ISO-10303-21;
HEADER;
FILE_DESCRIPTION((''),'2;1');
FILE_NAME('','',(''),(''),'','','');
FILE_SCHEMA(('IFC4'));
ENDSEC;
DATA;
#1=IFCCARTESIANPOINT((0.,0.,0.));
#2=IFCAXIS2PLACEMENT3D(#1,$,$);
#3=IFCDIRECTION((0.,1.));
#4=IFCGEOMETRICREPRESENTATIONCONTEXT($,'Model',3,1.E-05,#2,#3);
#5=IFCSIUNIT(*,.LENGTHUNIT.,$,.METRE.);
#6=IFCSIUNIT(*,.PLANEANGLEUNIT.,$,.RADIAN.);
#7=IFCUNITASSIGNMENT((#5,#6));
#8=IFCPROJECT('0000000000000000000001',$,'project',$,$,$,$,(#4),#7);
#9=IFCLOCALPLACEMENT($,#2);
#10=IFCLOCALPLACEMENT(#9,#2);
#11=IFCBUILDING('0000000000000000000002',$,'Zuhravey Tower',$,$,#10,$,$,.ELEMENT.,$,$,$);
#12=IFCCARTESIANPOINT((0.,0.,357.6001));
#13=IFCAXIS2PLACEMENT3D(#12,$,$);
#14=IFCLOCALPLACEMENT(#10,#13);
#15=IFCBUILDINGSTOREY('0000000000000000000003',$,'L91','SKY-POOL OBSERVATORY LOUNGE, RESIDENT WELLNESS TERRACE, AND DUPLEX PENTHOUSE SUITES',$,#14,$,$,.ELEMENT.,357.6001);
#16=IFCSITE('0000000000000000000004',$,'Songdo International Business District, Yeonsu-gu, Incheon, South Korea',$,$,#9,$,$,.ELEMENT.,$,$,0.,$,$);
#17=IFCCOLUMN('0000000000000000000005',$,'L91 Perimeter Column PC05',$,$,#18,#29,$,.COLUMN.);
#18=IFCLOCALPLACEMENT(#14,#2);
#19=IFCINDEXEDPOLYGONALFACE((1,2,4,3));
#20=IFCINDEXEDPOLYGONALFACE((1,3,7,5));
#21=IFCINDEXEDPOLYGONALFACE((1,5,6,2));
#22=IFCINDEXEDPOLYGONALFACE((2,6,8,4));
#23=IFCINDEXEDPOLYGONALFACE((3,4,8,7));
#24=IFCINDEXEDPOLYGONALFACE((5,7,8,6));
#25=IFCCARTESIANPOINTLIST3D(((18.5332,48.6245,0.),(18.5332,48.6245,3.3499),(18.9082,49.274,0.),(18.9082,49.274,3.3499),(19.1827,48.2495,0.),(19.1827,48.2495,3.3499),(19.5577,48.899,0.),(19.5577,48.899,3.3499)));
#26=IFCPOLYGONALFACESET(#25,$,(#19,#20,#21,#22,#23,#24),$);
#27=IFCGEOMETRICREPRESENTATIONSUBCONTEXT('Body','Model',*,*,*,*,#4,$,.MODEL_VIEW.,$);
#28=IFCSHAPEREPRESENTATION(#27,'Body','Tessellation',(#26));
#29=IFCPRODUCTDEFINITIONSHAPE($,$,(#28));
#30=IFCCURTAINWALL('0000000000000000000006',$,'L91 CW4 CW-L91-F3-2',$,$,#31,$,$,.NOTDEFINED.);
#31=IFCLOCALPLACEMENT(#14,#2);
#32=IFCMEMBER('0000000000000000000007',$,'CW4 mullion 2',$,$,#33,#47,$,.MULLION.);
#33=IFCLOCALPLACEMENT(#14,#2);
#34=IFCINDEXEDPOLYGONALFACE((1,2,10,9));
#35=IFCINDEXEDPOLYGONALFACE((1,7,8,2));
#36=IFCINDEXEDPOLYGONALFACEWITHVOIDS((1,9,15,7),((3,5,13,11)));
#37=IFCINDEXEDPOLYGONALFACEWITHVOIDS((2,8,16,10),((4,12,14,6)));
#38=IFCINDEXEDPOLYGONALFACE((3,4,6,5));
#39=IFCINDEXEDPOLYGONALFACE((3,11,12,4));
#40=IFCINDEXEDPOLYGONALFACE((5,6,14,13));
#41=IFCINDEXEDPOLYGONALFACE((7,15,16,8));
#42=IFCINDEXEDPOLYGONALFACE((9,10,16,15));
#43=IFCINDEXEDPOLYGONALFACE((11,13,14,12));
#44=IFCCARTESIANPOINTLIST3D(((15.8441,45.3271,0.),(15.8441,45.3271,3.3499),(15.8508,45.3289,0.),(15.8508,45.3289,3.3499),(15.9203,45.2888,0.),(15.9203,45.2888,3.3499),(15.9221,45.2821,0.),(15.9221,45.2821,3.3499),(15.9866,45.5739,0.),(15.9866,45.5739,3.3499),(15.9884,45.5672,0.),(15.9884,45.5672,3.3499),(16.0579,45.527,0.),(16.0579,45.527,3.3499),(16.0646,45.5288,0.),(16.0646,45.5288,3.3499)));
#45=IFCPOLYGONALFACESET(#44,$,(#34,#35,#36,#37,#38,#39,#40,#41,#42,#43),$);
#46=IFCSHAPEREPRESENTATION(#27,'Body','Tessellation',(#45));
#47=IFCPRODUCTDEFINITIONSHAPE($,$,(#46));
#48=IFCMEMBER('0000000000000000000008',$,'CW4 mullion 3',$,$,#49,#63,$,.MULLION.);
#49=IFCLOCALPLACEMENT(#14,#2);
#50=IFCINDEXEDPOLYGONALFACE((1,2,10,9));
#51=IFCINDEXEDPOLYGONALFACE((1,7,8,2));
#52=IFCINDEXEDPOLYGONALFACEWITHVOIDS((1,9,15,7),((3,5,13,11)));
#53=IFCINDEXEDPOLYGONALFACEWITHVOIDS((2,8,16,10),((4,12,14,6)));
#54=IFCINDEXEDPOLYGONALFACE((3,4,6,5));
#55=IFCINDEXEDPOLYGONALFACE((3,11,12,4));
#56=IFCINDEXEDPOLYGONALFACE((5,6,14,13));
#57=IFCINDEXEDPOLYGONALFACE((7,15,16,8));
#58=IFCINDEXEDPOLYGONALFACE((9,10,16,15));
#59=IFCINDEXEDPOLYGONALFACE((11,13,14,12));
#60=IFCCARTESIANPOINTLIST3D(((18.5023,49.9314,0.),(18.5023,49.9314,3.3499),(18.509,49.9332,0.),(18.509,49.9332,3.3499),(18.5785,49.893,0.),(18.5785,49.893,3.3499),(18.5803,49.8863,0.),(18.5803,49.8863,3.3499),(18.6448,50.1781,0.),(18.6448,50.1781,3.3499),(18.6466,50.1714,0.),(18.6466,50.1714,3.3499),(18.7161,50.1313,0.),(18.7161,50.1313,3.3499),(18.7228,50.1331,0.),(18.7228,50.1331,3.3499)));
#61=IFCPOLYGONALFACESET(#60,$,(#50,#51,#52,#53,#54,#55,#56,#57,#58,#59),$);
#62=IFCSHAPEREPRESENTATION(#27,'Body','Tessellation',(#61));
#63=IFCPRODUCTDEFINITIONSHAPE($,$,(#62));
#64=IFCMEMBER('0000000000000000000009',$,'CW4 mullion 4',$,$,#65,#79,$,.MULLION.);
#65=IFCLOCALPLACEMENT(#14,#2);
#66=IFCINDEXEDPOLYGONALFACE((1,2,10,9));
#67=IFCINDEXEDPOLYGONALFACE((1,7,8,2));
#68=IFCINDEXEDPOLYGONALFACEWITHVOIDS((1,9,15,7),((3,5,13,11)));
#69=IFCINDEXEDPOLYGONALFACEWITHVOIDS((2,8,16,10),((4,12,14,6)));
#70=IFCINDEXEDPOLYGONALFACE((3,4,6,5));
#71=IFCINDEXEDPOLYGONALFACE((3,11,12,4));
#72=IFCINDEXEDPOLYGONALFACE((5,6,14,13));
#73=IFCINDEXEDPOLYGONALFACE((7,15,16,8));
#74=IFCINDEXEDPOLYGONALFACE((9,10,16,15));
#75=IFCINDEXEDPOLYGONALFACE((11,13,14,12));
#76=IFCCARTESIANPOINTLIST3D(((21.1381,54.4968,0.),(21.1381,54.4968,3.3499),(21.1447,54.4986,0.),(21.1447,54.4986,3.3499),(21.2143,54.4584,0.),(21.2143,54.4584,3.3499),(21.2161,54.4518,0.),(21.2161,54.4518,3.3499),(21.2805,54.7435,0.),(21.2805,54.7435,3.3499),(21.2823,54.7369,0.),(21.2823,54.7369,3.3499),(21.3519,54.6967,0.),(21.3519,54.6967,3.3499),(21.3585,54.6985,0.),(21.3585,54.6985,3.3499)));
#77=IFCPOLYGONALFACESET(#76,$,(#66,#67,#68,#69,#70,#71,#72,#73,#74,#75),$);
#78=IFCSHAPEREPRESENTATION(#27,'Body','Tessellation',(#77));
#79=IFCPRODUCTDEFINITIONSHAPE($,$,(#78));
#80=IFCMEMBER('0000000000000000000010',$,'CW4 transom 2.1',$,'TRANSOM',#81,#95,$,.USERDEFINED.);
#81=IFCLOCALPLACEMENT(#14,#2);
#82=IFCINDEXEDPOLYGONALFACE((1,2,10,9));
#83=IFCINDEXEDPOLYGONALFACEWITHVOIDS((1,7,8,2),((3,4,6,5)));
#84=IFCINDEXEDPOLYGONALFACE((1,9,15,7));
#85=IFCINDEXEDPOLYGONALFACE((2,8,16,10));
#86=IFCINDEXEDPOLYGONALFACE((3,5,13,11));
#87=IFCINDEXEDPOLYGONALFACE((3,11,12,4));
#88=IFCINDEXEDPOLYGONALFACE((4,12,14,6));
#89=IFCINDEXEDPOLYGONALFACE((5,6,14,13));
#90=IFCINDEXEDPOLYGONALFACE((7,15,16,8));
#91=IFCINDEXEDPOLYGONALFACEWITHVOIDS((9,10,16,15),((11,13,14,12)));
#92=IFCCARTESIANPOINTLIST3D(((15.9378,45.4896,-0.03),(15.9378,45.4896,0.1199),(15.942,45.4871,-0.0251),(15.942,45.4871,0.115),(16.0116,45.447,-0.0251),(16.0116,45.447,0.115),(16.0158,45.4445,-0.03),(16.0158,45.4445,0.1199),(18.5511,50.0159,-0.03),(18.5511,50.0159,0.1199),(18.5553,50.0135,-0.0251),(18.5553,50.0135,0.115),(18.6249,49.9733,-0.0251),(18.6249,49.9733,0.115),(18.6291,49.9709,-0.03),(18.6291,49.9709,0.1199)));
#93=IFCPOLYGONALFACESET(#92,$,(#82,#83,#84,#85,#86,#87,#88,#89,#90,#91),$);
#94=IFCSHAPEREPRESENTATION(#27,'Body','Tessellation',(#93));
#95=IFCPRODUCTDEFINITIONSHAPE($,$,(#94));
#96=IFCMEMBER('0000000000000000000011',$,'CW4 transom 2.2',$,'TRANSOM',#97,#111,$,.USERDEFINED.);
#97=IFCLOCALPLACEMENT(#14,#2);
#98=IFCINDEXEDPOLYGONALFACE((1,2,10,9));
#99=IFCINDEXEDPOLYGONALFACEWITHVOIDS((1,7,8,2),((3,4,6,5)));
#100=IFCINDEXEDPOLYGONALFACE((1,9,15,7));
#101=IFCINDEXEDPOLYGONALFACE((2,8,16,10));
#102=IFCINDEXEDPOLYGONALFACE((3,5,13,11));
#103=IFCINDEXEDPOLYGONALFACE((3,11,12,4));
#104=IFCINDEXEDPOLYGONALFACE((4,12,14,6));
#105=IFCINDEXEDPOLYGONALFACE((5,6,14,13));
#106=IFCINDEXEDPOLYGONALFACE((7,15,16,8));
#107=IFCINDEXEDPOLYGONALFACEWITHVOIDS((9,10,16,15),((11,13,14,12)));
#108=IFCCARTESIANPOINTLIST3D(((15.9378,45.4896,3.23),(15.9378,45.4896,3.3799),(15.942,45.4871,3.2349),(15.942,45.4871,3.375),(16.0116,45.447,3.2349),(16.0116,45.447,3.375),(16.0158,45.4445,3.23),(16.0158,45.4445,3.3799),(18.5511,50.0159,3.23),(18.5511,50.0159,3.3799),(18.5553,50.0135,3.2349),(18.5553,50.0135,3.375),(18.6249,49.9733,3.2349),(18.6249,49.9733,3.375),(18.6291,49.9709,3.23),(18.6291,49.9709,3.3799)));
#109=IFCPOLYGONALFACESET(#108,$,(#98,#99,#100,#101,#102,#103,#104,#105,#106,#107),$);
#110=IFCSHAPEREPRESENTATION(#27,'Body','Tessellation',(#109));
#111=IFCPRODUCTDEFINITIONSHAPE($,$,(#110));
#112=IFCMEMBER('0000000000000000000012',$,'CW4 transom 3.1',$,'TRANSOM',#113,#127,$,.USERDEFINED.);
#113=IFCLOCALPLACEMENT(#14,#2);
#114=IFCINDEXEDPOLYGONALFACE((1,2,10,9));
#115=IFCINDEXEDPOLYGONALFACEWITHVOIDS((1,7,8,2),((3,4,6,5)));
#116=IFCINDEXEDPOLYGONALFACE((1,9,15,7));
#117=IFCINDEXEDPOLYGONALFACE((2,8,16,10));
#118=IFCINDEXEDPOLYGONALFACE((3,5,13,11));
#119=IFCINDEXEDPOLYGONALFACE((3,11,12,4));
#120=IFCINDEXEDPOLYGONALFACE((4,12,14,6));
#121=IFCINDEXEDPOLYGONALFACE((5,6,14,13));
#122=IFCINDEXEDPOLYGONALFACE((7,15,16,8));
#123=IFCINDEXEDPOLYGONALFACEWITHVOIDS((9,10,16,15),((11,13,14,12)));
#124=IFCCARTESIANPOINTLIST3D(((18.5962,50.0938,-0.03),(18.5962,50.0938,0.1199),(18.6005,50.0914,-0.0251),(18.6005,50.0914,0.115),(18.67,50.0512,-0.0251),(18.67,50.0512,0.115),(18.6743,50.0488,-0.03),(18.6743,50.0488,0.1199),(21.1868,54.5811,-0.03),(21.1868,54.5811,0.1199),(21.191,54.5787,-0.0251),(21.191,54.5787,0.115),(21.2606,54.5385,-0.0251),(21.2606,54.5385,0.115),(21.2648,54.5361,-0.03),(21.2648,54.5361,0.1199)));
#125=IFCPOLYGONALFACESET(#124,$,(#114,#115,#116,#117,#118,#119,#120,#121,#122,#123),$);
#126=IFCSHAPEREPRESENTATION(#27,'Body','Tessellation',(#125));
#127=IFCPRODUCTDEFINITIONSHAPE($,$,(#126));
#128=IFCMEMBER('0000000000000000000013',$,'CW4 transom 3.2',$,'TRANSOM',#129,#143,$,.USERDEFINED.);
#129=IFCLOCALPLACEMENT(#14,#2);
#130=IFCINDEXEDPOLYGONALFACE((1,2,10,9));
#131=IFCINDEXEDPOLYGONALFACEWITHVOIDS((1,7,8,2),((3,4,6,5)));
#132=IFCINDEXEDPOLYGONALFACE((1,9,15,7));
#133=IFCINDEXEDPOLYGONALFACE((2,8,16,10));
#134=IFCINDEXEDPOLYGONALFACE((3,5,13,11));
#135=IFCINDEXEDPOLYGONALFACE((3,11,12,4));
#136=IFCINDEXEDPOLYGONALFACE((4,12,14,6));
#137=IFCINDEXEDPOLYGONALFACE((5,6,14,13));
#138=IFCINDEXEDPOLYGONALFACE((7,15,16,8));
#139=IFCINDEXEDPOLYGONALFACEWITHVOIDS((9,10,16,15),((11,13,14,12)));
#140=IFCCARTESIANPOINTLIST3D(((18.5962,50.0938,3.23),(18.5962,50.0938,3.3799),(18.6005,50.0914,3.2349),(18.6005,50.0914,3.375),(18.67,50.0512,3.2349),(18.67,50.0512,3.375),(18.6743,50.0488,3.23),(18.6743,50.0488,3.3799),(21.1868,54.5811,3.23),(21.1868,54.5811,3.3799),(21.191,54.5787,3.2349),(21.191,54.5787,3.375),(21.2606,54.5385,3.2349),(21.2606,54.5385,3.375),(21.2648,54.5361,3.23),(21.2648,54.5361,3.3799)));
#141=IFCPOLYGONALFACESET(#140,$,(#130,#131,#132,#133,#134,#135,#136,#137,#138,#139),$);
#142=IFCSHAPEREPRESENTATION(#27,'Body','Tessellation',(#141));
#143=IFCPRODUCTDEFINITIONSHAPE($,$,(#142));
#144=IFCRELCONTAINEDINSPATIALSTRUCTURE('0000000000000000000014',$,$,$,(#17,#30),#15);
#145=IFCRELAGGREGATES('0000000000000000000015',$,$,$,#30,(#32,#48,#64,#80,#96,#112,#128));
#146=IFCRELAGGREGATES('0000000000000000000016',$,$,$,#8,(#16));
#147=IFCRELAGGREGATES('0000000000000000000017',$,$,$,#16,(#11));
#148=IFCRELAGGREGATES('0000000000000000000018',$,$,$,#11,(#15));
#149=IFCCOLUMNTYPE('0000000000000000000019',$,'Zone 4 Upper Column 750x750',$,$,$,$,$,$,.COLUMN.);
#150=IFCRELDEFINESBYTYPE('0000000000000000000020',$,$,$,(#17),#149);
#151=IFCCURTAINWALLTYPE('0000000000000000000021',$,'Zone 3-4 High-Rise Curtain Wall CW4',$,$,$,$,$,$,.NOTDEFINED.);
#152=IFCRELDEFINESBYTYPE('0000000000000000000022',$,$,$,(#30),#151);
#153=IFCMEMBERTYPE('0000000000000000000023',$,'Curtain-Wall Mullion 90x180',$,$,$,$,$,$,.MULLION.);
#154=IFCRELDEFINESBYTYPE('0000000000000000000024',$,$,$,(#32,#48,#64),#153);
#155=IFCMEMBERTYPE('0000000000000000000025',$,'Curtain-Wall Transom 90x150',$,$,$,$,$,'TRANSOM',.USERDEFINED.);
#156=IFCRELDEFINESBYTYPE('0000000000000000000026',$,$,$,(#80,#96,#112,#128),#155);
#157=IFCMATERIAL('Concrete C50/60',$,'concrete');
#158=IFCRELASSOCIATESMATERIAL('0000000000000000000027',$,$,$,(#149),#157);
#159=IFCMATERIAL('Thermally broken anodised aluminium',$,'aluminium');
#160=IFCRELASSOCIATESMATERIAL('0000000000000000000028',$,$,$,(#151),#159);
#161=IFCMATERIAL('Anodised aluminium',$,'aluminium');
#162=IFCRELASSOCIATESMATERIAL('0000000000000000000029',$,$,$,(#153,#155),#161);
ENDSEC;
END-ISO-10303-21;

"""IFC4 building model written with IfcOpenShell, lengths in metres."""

from ifc_helpers import new_model, si_unit, direction, frame, origin, origin_2d, place, context, subcontext, project, spatial, rectangle, hollow_rectangle, extrude, material, material_profile, profile_set, type_object, element, aggregate, save


model = new_model("IFC4")

# Units and contexts
model_context = context("Model", 3, precision=1e-05, world=origin(), true_north=direction((0.0, 1.0)))
body_context = subcontext(model_context, "Body", "Model", "MODEL_VIEW")
ifc_project = project(units=[si_unit("LENGTHUNIT", "METRE"), si_unit("PLANEANGLEUNIT", "RADIAN")], contexts=[model_context])

# Site, building, storey
site_placement = place(None, origin())
site = spatial("IfcSite", under=ifc_project, at=site_placement, Name="Songdo International Business District, Yeonsu-gu, Incheon, South Korea", CompositionType="ELEMENT", RefElevation=0.0)
building_placement = place(site_placement, origin())
building = spatial("IfcBuilding", under=site, at=building_placement, Name="Zuhravey Tower", CompositionType="ELEMENT")
storey_placement = place(building_placement, frame((0.0, 0.0, 357.6001)))
storey = spatial("IfcBuildingStorey", under=building, at=storey_placement, Name="L91", Description="SKY-POOL OBSERVATORY LOUNGE, RESIDENT WELLNESS TERRACE, AND DUPLEX PENTHOUSE SUITES", CompositionType="ELEMENT", Elevation=357.6001)

# Column
ifc_material_1 = material(Name="Concrete C50/60", Category="concrete")
ifc_material_profile_1 = material_profile(ifc_material_1, rectangle(XDim=0.75, YDim=0.75, at=origin_2d()), Name="RC-750x750")
ifc_profile_set_1 = profile_set([ifc_material_profile_1], Name="Concrete C50/60")
column_type = type_object("IfcColumnType", Name="Zone 4 Upper Column 750x750", PredefinedType="COLUMN", material=ifc_profile_set_1)
column_placement = place(storey_placement, frame((19.0454, 48.7617, 0.0), z_axis=(0.0, 0.0, 1.0), x_axis=(-0.5, -0.866025, 0.0)))
element("IfcColumn", 1, at=column_placement, inside=storey, type_object=column_type, Name="L91 Perimeter Column PC05", PredefinedType="COLUMN", context=body_context, shape_type="SweptSolid", body=[
    extrude(rectangle(XDim=0.75, YDim=0.75, at=origin_2d()), origin(), (0.0, 0.0, 1.0), 3.3499),
])

# Curtain wall, members
ifc_material_2 = material(Name="Thermally broken anodised aluminium", Category="aluminium")
curtain_wall_type = type_object("IfcCurtainWallType", Name="Zone 3-4 High-Rise Curtain Wall CW4", PredefinedType="NOTDEFINED", material=ifc_material_2)
curtain_wall_placement = place(storey_placement, origin())
curtain_wall = element("IfcCurtainWall", 2, at=curtain_wall_placement, inside=storey, type_object=curtain_wall_type, Name="L91 CW4 CW-L91-F3-2", PredefinedType="NOTDEFINED")
ifc_material_3 = material(Name="Anodised aluminium", Category="aluminium")
ifc_material_profile_2 = material_profile(ifc_material_3, hollow_rectangle(XDim=0.0901, YDim=0.2849, WallThickness=0.0049, at=origin_2d()), Name="ALU-RHS-90x285x5")
ifc_profile_set_2 = profile_set([ifc_material_profile_2], Name="Anodised aluminium")
member_type_1 = type_object("IfcMemberType", Name="Curtain-Wall Mullion 90x180", PredefinedType="MULLION", material=ifc_profile_set_2)
member_1_placement = place(storey_placement, frame((15.9543, 45.428, 0.0), z_axis=(0.0, 0.0, 1.0), x_axis=(-0.866026, 0.499999, 0.0)))
member_1 = element("IfcMember", 3, at=member_1_placement, type_object=member_type_1, Name="CW4 mullion 2", PredefinedType="MULLION", context=body_context, shape_type="SweptSolid", body=[
    extrude(hollow_rectangle(XDim=0.0901, YDim=0.2849, WallThickness=0.0049, at=origin_2d()), origin(), (0.0, 0.0, 1.0), 3.3499),
])
member_2_placement = place(storey_placement, frame((18.6125, 50.0322, 0.0), z_axis=(0.0, 0.0, 1.0), x_axis=(-0.866026, 0.499999, 0.0)))
member_2 = element("IfcMember", 4, at=member_2_placement, type_object=member_type_1, Name="CW4 mullion 3", PredefinedType="MULLION", context=body_context, shape_type="SweptSolid", body=[
    extrude(hollow_rectangle(XDim=0.0901, YDim=0.2849, WallThickness=0.0049, at=origin_2d()), origin(), (0.0, 0.0, 1.0), 3.3499),
])
member_3_placement = place(storey_placement, frame((21.2483, 54.5977, 0.0), z_axis=(0.0, 0.0, 1.0), x_axis=(-0.866026, 0.499999, 0.0)))
member_3 = element("IfcMember", 5, at=member_3_placement, type_object=member_type_1, Name="CW4 mullion 4", PredefinedType="MULLION", context=body_context, shape_type="SweptSolid", body=[
    extrude(hollow_rectangle(XDim=0.0901, YDim=0.2849, WallThickness=0.0049, at=origin_2d()), origin(), (0.0, 0.0, 1.0), 3.3499),
])
ifc_material_profile_3 = material_profile(ifc_material_3, hollow_rectangle(XDim=0.0901, YDim=0.1499, WallThickness=0.0049, at=origin_2d()), Name="ALU-RHS-90x150x5")
ifc_profile_set_3 = profile_set([ifc_material_profile_3], Name="Anodised aluminium")
member_type_2 = type_object("IfcMemberType", Name="Curtain-Wall Transom 90x150", ElementType="TRANSOM", PredefinedType="USERDEFINED", material=ifc_profile_set_3)
member_4_placement = place(storey_placement, frame((15.9768, 45.467, 0.0449), z_axis=(0.499997, 0.866027, 0.0), x_axis=(-0.866027, 0.499997, 0.0)))
member_4 = element("IfcMember", 6, at=member_4_placement, type_object=member_type_2, Name="CW4 transom 2.1", ObjectType="TRANSOM", PredefinedType="USERDEFINED", context=body_context, shape_type="SweptSolid", body=[
    extrude(hollow_rectangle(XDim=0.0901, YDim=0.1499, WallThickness=0.0049, at=origin_2d()), origin(), (0.0, 0.0, 1.0), 5.2266),
])
member_5_placement = place(storey_placement, frame((15.9768, 45.467, 3.3049), z_axis=(0.499997, 0.866027, 0.0), x_axis=(-0.866027, 0.499997, 0.0)))
member_5 = element("IfcMember", 7, at=member_5_placement, type_object=member_type_2, Name="CW4 transom 2.2", ObjectType="TRANSOM", PredefinedType="USERDEFINED", context=body_context, shape_type="SweptSolid", body=[
    extrude(hollow_rectangle(XDim=0.0901, YDim=0.1499, WallThickness=0.0049, at=origin_2d()), origin(), (0.0, 0.0, 1.0), 5.2266),
])
member_6_placement = place(storey_placement, frame((18.6353, 50.0713, 0.0449), z_axis=(0.499975, 0.86604, 0.0), x_axis=(-0.86604, 0.499975, 0.0)))
member_6 = element("IfcMember", 8, at=member_6_placement, type_object=member_type_2, Name="CW4 transom 3.1", ObjectType="TRANSOM", PredefinedType="USERDEFINED", context=body_context, shape_type="SweptSolid", body=[
    extrude(hollow_rectangle(XDim=0.0901, YDim=0.1499, WallThickness=0.0049, at=origin_2d()), origin(), (0.0, 0.0, 1.0), 5.1814),
])
member_7_placement = place(storey_placement, frame((18.6353, 50.0713, 3.3049), z_axis=(0.499975, 0.86604, 0.0), x_axis=(-0.86604, 0.499975, 0.0)))
member_7 = element("IfcMember", 9, at=member_7_placement, type_object=member_type_2, Name="CW4 transom 3.2", ObjectType="TRANSOM", PredefinedType="USERDEFINED", context=body_context, shape_type="SweptSolid", body=[
    extrude(hollow_rectangle(XDim=0.0901, YDim=0.1499, WallThickness=0.0049, at=origin_2d()), origin(), (0.0, 0.0, 1.0), 5.1814),
])

aggregate(curtain_wall, [member_1, member_2, member_3, member_4, member_5, member_6, member_7])

save(model, "model.ifc")
